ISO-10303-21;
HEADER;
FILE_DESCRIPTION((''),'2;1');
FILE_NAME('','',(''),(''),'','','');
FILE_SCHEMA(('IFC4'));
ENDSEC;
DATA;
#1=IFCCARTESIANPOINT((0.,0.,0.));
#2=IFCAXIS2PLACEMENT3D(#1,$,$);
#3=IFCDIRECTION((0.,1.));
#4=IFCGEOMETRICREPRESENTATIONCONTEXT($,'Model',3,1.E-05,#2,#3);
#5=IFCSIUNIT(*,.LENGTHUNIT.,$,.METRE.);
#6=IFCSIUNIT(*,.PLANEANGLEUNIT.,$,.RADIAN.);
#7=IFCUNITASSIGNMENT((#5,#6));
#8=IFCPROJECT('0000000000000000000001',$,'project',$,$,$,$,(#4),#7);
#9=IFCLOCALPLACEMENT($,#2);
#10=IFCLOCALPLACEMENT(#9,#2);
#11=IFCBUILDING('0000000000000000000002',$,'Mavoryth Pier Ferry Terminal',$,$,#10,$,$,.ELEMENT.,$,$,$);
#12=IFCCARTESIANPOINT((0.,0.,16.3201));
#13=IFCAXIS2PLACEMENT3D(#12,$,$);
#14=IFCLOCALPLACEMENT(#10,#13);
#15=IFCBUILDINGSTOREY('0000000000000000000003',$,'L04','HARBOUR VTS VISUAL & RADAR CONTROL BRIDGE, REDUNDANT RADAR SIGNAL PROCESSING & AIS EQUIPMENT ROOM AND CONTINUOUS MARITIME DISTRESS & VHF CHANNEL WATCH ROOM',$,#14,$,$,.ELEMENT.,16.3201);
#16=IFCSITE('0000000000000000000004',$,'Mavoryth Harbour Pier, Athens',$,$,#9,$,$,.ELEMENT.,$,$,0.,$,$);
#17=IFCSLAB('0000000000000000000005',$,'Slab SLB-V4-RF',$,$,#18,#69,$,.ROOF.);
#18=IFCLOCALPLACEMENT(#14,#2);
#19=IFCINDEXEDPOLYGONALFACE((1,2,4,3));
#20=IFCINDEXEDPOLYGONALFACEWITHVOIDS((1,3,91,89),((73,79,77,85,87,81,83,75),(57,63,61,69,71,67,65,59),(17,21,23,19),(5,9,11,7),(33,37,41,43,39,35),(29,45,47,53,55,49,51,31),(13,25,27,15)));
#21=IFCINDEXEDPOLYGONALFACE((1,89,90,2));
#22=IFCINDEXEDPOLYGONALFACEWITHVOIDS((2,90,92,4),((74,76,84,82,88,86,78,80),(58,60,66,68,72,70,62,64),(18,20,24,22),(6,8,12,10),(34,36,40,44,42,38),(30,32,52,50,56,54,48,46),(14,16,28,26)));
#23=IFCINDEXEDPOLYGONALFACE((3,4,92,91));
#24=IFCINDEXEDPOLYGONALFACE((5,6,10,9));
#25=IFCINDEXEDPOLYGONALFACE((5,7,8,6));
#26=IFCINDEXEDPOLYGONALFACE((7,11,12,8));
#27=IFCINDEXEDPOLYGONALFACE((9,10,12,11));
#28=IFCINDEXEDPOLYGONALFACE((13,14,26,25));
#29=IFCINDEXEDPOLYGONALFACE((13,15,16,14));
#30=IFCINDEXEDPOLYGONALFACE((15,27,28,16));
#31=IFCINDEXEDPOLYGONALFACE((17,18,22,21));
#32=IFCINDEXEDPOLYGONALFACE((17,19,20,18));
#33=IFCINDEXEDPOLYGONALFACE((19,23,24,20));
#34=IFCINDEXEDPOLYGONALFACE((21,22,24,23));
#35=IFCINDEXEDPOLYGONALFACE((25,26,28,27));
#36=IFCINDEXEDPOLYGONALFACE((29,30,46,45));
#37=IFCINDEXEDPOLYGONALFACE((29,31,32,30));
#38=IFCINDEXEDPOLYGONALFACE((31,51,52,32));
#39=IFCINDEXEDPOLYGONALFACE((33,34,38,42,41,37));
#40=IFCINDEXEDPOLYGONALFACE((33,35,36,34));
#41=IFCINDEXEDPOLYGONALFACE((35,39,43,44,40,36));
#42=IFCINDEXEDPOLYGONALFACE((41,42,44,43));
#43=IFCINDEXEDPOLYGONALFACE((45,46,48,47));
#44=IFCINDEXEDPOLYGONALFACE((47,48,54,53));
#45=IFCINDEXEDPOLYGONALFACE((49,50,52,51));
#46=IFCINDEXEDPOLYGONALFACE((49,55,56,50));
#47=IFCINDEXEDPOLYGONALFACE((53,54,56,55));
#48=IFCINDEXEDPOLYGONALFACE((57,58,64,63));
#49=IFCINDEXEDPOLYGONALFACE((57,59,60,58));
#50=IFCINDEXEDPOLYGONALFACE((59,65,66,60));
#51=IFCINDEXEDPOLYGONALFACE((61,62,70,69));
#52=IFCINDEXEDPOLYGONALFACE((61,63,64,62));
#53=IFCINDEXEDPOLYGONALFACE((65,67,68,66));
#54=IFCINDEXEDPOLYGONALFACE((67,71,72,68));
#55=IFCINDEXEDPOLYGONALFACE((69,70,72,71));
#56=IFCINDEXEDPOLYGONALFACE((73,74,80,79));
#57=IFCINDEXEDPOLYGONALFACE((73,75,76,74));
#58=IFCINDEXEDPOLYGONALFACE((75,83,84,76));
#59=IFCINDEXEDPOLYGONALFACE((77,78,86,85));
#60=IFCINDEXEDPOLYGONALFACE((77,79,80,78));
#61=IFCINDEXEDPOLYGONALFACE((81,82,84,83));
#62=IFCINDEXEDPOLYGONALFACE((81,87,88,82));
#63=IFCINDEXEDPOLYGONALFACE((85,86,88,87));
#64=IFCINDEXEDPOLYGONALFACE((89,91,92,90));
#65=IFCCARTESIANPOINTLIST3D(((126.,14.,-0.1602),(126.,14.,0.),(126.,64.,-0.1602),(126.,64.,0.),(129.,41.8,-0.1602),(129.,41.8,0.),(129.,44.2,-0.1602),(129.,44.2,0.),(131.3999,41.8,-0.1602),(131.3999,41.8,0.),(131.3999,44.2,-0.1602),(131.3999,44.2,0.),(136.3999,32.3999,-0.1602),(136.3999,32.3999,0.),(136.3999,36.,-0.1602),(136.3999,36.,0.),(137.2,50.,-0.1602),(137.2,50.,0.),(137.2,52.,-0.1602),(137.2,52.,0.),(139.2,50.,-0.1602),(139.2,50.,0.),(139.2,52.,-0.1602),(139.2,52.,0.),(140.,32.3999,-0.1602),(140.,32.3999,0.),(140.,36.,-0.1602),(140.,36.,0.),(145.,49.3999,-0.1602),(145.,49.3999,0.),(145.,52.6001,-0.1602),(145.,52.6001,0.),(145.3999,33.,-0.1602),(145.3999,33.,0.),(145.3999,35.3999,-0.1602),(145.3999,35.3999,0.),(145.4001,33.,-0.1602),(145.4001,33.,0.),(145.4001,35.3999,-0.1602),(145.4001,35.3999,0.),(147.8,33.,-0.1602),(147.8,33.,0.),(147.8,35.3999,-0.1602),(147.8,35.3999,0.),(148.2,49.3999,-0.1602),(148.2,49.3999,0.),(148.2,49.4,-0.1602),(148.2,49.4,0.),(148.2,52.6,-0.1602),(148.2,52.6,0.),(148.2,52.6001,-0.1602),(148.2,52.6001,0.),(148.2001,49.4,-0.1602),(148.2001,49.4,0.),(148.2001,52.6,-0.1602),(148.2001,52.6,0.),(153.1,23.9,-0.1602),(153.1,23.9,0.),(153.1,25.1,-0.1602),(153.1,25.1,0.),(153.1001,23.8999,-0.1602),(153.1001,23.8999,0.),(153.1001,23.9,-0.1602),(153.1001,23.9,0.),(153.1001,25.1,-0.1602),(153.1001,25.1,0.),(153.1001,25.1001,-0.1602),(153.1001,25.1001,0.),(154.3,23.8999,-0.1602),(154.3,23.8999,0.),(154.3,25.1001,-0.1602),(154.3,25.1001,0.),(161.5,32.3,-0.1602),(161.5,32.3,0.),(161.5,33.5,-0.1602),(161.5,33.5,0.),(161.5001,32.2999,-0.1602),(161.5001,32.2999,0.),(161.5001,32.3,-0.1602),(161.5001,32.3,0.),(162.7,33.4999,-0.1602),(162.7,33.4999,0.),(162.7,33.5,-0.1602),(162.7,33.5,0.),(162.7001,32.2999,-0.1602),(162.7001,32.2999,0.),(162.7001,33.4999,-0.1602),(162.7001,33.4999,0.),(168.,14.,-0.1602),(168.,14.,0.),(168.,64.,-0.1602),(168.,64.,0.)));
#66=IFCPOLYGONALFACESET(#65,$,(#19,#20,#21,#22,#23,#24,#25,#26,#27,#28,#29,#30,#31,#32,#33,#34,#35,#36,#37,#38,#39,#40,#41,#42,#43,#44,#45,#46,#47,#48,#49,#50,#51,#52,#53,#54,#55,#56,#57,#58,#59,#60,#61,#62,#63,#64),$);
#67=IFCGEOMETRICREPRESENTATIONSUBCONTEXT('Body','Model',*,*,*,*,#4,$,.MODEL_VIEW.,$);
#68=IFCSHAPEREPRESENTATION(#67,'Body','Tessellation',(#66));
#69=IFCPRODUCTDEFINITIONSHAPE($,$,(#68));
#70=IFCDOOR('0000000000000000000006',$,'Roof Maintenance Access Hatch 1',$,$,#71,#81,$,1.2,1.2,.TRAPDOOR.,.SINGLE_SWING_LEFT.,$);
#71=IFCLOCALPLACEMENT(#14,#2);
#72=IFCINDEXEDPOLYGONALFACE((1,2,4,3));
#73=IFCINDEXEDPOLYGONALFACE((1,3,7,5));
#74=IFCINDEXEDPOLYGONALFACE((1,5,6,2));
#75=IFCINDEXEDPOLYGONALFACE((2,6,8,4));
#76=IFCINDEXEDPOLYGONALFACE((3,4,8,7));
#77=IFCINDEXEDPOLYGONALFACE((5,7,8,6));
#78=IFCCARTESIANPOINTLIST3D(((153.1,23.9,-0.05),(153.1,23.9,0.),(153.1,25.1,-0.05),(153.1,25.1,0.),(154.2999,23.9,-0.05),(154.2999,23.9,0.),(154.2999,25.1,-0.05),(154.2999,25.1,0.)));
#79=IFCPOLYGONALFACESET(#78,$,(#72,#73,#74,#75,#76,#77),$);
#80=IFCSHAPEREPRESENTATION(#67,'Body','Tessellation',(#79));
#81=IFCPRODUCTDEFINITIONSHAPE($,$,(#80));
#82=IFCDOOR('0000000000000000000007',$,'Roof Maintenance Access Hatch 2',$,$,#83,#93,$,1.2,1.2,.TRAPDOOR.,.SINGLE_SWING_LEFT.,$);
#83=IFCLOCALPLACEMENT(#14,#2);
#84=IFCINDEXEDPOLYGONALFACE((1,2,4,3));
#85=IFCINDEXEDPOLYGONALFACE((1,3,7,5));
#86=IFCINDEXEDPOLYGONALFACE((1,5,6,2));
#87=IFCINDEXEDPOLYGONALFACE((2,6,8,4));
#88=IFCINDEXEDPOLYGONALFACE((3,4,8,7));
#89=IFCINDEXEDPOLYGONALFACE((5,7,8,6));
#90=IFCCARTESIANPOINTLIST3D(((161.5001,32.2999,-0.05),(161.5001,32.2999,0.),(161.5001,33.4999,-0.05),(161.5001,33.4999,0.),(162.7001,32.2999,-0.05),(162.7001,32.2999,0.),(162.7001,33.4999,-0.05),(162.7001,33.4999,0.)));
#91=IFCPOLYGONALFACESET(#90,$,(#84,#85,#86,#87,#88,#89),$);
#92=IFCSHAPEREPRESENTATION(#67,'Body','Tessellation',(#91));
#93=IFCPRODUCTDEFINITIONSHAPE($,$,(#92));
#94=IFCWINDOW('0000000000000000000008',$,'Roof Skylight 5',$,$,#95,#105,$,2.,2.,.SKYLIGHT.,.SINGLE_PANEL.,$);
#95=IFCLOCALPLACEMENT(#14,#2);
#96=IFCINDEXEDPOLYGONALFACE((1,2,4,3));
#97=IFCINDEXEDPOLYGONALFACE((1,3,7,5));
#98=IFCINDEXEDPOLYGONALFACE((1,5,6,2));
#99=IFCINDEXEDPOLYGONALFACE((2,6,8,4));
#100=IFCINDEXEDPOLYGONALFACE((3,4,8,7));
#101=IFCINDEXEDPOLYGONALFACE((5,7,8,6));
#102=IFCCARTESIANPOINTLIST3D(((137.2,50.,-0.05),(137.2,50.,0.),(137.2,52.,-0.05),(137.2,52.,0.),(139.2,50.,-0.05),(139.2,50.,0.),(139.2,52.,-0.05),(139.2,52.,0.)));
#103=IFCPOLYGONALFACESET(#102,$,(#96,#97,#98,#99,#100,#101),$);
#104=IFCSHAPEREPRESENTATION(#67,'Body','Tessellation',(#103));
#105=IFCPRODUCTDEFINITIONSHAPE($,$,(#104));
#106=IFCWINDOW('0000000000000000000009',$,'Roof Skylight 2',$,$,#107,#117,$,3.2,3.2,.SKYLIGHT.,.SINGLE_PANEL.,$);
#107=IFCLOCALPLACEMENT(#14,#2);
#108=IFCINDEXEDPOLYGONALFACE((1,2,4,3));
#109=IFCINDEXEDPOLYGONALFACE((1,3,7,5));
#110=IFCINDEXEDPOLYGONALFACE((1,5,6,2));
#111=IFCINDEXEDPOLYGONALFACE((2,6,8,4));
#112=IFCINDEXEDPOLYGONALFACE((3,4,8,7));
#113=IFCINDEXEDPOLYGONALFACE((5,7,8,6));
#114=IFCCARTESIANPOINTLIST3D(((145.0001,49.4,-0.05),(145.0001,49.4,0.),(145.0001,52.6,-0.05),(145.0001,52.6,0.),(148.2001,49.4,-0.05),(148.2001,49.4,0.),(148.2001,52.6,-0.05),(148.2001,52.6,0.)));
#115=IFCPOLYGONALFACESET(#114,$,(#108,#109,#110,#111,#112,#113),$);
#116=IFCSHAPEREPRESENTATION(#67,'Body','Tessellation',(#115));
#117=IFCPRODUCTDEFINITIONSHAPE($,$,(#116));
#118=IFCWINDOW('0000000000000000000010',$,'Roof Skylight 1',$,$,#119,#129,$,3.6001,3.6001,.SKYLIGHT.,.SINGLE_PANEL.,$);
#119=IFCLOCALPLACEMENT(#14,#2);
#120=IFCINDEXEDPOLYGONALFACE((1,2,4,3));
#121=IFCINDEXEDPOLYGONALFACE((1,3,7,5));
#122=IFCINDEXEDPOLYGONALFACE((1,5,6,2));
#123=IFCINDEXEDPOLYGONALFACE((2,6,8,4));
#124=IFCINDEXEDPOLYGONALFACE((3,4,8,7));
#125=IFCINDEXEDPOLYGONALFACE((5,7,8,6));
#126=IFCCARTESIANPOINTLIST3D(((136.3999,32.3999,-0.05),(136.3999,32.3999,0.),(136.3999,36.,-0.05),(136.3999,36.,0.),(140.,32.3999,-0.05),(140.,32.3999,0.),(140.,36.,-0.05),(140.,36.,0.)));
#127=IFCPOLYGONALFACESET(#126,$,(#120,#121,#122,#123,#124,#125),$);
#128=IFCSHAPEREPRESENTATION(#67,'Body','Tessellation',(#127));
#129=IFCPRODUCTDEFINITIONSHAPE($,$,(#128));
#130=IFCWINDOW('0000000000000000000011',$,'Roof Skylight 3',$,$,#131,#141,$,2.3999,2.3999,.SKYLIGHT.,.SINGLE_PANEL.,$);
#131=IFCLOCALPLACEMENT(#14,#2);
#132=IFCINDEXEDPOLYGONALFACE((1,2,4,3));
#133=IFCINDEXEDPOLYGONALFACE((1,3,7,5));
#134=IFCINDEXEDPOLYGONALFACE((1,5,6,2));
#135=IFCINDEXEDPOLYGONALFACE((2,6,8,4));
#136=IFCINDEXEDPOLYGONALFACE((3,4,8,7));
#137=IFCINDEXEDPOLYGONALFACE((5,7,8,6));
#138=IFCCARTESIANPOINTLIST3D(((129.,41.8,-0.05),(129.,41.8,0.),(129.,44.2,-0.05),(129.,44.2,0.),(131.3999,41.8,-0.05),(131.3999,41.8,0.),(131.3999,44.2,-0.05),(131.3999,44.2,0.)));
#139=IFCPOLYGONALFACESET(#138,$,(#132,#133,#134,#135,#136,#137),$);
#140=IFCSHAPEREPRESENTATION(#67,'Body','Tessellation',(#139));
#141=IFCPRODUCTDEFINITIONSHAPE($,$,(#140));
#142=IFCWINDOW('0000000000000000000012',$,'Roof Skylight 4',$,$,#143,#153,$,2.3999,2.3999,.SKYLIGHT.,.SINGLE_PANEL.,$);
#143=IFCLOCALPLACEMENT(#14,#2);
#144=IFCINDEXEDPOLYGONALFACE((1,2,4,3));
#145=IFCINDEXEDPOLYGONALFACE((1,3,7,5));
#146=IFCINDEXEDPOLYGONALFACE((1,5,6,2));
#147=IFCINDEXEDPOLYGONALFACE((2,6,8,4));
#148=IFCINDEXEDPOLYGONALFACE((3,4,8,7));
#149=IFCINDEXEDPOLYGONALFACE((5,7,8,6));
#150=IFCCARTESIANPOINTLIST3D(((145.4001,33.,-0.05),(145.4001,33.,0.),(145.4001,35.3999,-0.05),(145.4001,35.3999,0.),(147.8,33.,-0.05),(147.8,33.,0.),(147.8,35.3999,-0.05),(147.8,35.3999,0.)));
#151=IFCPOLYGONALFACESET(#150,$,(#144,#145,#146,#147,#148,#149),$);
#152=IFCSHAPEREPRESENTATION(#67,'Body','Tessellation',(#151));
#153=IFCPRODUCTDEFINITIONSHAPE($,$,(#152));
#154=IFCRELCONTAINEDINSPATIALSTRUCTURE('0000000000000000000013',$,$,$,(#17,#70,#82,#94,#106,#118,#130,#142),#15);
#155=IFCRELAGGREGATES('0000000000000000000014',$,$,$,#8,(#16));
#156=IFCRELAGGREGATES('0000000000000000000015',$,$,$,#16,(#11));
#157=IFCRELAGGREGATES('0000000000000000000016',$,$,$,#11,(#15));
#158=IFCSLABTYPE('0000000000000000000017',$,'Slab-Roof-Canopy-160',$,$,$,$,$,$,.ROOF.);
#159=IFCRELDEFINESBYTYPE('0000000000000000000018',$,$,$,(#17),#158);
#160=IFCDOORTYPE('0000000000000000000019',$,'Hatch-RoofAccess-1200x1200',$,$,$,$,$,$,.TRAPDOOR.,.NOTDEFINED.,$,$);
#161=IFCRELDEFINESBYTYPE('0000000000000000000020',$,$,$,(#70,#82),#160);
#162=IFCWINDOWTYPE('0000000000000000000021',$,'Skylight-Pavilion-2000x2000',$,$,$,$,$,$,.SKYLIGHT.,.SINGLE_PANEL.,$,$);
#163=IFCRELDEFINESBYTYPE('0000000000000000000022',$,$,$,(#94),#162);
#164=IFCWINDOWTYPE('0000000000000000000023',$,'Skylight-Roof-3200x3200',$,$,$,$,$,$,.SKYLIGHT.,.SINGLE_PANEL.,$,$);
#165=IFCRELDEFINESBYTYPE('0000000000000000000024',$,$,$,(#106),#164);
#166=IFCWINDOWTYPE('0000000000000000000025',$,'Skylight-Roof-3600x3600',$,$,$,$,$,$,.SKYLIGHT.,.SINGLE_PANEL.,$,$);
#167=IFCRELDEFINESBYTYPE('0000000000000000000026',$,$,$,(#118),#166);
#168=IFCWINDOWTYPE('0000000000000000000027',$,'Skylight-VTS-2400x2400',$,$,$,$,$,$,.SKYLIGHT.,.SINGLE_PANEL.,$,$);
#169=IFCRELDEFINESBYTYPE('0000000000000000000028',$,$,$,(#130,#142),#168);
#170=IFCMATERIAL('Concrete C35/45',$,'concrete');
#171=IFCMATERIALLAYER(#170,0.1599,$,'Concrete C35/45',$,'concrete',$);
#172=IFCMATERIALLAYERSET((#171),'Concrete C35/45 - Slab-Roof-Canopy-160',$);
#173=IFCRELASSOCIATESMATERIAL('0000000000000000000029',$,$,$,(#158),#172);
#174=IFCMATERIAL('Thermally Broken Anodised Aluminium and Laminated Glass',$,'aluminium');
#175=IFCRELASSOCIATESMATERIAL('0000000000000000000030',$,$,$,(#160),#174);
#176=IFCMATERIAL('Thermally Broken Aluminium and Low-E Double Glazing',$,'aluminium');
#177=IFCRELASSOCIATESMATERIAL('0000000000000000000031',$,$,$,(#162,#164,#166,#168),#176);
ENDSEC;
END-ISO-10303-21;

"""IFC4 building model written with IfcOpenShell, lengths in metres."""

from ifc_helpers import new_model, si_unit, direction, frame, origin, origin_2d, place, context, subcontext, project, spatial, polyline, rectangle, outline, extrude, material, layer, layer_set, type_object, element, fill, save


model = new_model("IFC4")

# Units and contexts
model_context = context("Model", 3, precision=1e-05, world=origin(), true_north=direction((0.0, 1.0)))
body_context = subcontext(model_context, "Body", "Model", "MODEL_VIEW")
ifc_project = project(units=[si_unit("LENGTHUNIT", "METRE"), si_unit("PLANEANGLEUNIT", "RADIAN")], contexts=[model_context])

# Site, building, storey
site_placement = place(None, origin())
site = spatial("IfcSite", under=ifc_project, at=site_placement, Name="Mavoryth Harbour Pier, Athens", CompositionType="ELEMENT", RefElevation=0.0)
building_placement = place(site_placement, origin())
building = spatial("IfcBuilding", under=site, at=building_placement, Name="Mavoryth Pier Ferry Terminal", CompositionType="ELEMENT")
storey_placement = place(building_placement, frame((0.0, 0.0, 16.3201)))
storey = spatial("IfcBuildingStorey", under=building, at=storey_placement, Name="L04", Description="HARBOUR VTS VISUAL & RADAR CONTROL BRIDGE, REDUNDANT RADAR SIGNAL PROCESSING & AIS EQUIPMENT ROOM AND CONTINUOUS MARITIME DISTRESS & VHF CHANNEL WATCH ROOM", CompositionType="ELEMENT", Elevation=16.3201)

# Shared definitions
ifc_material_1 = material(Name="Concrete C35/45", Category="concrete")

# Slab, openings, doors, windows
ifc_layer_1 = layer(ifc_material_1, 0.1599, Name="Concrete C35/45", Category="concrete")
ifc_layer_set_1 = layer_set([ifc_layer_1], Name="Concrete C35/45 - Slab-Roof-Canopy-160")
slab_type_1 = type_object("IfcSlabType", Name="Slab-Roof-Canopy-160", PredefinedType="ROOF", material=ifc_layer_set_1)
slab_1_placement = place(storey_placement, frame((0.0, 0.0, -0.1602)))
slab_1 = element("IfcSlab", 1, at=slab_1_placement, inside=storey, type_object=slab_type_1, Name="Slab SLB-V4-RF", PredefinedType="ROOF", context=body_context, shape_type="SweptSolid", body=[
    extrude(outline(polyline([(126.0, 14.0), (168.0, 14.0), (168.0, 64.0), (126.0, 64.0), (126.0, 14.0)]), holes=[polyline([(136.3999, 32.3999), (140.0, 32.3999), (140.0, 36.0), (136.3999, 36.0), (136.3999, 32.3999)]), polyline([(145.0, 49.3999), (148.2, 49.3999), (148.2, 52.6001), (145.0, 52.6001), (145.0, 49.3999)]), polyline([(129.0, 41.8), (131.3999, 41.8), (131.3999, 44.2), (129.0, 44.2), (129.0, 41.8)]), polyline([(145.3999, 33.0), (147.8, 33.0), (147.8, 35.3999), (145.3999, 35.3999), (145.3999, 33.0)]), polyline([(137.2, 50.0), (139.2, 50.0), (139.2, 52.0), (137.2, 52.0), (137.2, 50.0)]), polyline([(153.1001, 23.8999), (154.3, 23.8999), (154.3, 25.1001), (153.1001, 25.1001), (153.1001, 23.8999)]), polyline([(161.5, 32.3), (162.7, 32.3), (162.7, 33.5), (161.5, 33.5), (161.5, 32.3)])]), origin(), (0.0, 0.0, 1.0), 0.1602),
])
opening_1_placement = place(slab_1_placement, frame((138.2, 34.2, 0.0)))
opening_1 = element("IfcOpeningElement", 2, at=opening_1_placement, cuts=slab_1, PredefinedType="OPENING", context=body_context, shape_type="SweptSolid", body=[
    extrude(rectangle(XDim=3.6001, YDim=3.6001, at=origin_2d()), frame((0.0, 0.0, -0.01)), (0.0, 0.0, 1.0), 0.1802),
])
opening_2_placement = place(slab_1_placement, frame((146.6001, 51.0, 0.0)))
opening_2 = element("IfcOpeningElement", 3, at=opening_2_placement, cuts=slab_1, PredefinedType="OPENING", context=body_context, shape_type="SweptSolid", body=[
    extrude(rectangle(XDim=3.2, YDim=3.2, at=origin_2d()), frame((0.0, 0.0, -0.01)), (0.0, 0.0, 1.0), 0.1802),
])
opening_3_placement = place(slab_1_placement, frame((130.2, 43.0, 0.0)))
opening_3 = element("IfcOpeningElement", 4, at=opening_3_placement, cuts=slab_1, PredefinedType="OPENING", context=body_context, shape_type="SweptSolid", body=[
    extrude(rectangle(XDim=2.3999, YDim=2.3999, at=origin_2d()), frame((0.0, 0.0, -0.01)), (0.0, 0.0, 1.0), 0.1802),
])
opening_4_placement = place(slab_1_placement, frame((146.6001, 34.2, 0.0)))
opening_4 = element("IfcOpeningElement", 5, at=opening_4_placement, cuts=slab_1, PredefinedType="OPENING", context=body_context, shape_type="SweptSolid", body=[
    extrude(rectangle(XDim=2.3999, YDim=2.3999, at=origin_2d()), frame((0.0, 0.0, -0.01)), (0.0, 0.0, 1.0), 0.1802),
])
opening_5_placement = place(slab_1_placement, frame((138.2, 51.0, 0.0)))
opening_5 = element("IfcOpeningElement", 6, at=opening_5_placement, cuts=slab_1, PredefinedType="OPENING", context=body_context, shape_type="SweptSolid", body=[
    extrude(rectangle(XDim=2.0, YDim=2.0, at=origin_2d()), frame((0.0, 0.0, -0.01)), (0.0, 0.0, 1.0), 0.1802),
])
opening_6_placement = place(slab_1_placement, frame((153.7, 24.5, 0.0)))
opening_6 = element("IfcOpeningElement", 7, at=opening_6_placement, cuts=slab_1, PredefinedType="OPENING", context=body_context, shape_type="SweptSolid", body=[
    extrude(rectangle(XDim=1.2, YDim=1.2, at=origin_2d()), frame((0.0, 0.0, -0.01)), (0.0, 0.0, 1.0), 0.1802),
])
opening_7_placement = place(slab_1_placement, frame((162.1001, 32.8999, 0.0)))
opening_7 = element("IfcOpeningElement", 8, at=opening_7_placement, cuts=slab_1, PredefinedType="OPENING", context=body_context, shape_type="SweptSolid", body=[
    extrude(rectangle(XDim=1.2, YDim=1.2, at=origin_2d()), frame((0.0, 0.0, -0.01)), (0.0, 0.0, 1.0), 0.1802),
])
ifc_material_2 = material(Name="Thermally Broken Anodised Aluminium and Laminated Glass", Category="aluminium")
door_type_1 = type_object("IfcDoorType", Name="Hatch-RoofAccess-1200x1200", OperationType="NOTDEFINED", PredefinedType="TRAPDOOR", material=ifc_material_2)
door_1_placement = place(opening_6_placement, frame((0.0, 0.0, 0.1101)))
door_1 = element("IfcDoor", 9, at=door_1_placement, inside=storey, type_object=door_type_1, Name="Roof Maintenance Access Hatch 1", OperationType="SINGLE_SWING_LEFT", OverallHeight=1.2, OverallWidth=1.2, PredefinedType="TRAPDOOR", context=body_context, shape_type="SweptSolid", body=[
    extrude(rectangle(XDim=1.2, YDim=1.2, at=origin_2d()), origin(), (0.0, 0.0, 1.0), 0.05),
])
fill(opening_6, door_1)
door_2_placement = place(opening_7_placement, frame((0.0, 0.0, 0.1101)))
door_2 = element("IfcDoor", 10, at=door_2_placement, inside=storey, type_object=door_type_1, Name="Roof Maintenance Access Hatch 2", OperationType="SINGLE_SWING_LEFT", OverallHeight=1.2, OverallWidth=1.2, PredefinedType="TRAPDOOR", context=body_context, shape_type="SweptSolid", body=[
    extrude(rectangle(XDim=1.2, YDim=1.2, at=origin_2d()), origin(), (0.0, 0.0, 1.0), 0.05),
])
fill(opening_7, door_2)
ifc_material_3 = material(Name="Thermally Broken Aluminium and Low-E Double Glazing", Category="aluminium")
window_type_1 = type_object("IfcWindowType", Name="Skylight-Pavilion-2000x2000", PartitioningType="SINGLE_PANEL", PredefinedType="SKYLIGHT", material=ifc_material_3)
window_1_placement = place(opening_5_placement, frame((0.0, 0.0, 0.1101)))
window_1 = element("IfcWindow", 11, at=window_1_placement, inside=storey, type_object=window_type_1, Name="Roof Skylight 5", OverallHeight=2.0, OverallWidth=2.0, PartitioningType="SINGLE_PANEL", PredefinedType="SKYLIGHT", context=body_context, shape_type="SweptSolid", body=[
    extrude(rectangle(XDim=2.0, YDim=2.0, at=origin_2d()), origin(), (0.0, 0.0, 1.0), 0.05),
])
fill(opening_5, window_1)
window_type_2 = type_object("IfcWindowType", Name="Skylight-Roof-3200x3200", PartitioningType="SINGLE_PANEL", PredefinedType="SKYLIGHT", material=ifc_material_3)
window_2_placement = place(opening_2_placement, frame((0.0, 0.0, 0.1101)))
window_2 = element("IfcWindow", 12, at=window_2_placement, inside=storey, type_object=window_type_2, Name="Roof Skylight 2", OverallHeight=3.2, OverallWidth=3.2, PartitioningType="SINGLE_PANEL", PredefinedType="SKYLIGHT", context=body_context, shape_type="SweptSolid", body=[
    extrude(rectangle(XDim=3.2, YDim=3.2, at=origin_2d()), origin(), (0.0, 0.0, 1.0), 0.05),
])
fill(opening_2, window_2)
window_type_3 = type_object("IfcWindowType", Name="Skylight-Roof-3600x3600", PartitioningType="SINGLE_PANEL", PredefinedType="SKYLIGHT", material=ifc_material_3)
window_3_placement = place(opening_1_placement, frame((0.0, 0.0, 0.1101)))
window_3 = element("IfcWindow", 13, at=window_3_placement, inside=storey, type_object=window_type_3, Name="Roof Skylight 1", OverallHeight=3.6001, OverallWidth=3.6001, PartitioningType="SINGLE_PANEL", PredefinedType="SKYLIGHT", context=body_context, shape_type="SweptSolid", body=[
    extrude(rectangle(XDim=3.6001, YDim=3.6001, at=origin_2d()), origin(), (0.0, 0.0, 1.0), 0.05),
])
fill(opening_1, window_3)
window_type_4 = type_object("IfcWindowType", Name="Skylight-VTS-2400x2400", PartitioningType="SINGLE_PANEL", PredefinedType="SKYLIGHT", material=ifc_material_3)
window_4_placement = place(opening_3_placement, frame((0.0, 0.0, 0.1101)))
window_4 = element("IfcWindow", 14, at=window_4_placement, inside=storey, type_object=window_type_4, Name="Roof Skylight 3", OverallHeight=2.3999, OverallWidth=2.3999, PartitioningType="SINGLE_PANEL", PredefinedType="SKYLIGHT", context=body_context, shape_type="SweptSolid", body=[
    extrude(rectangle(XDim=2.3999, YDim=2.3999, at=origin_2d()), origin(), (0.0, 0.0, 1.0), 0.05),
])
fill(opening_3, window_4)
window_5_placement = place(opening_4_placement, frame((0.0, 0.0, 0.1101)))
window_5 = element("IfcWindow", 15, at=window_5_placement, inside=storey, type_object=window_type_4, Name="Roof Skylight 4", OverallHeight=2.3999, OverallWidth=2.3999, PartitioningType="SINGLE_PANEL", PredefinedType="SKYLIGHT", context=body_context, shape_type="SweptSolid", body=[
    extrude(rectangle(XDim=2.3999, YDim=2.3999, at=origin_2d()), origin(), (0.0, 0.0, 1.0), 0.05),
])
fill(opening_4, window_5)

save(model, "model.ifc")
